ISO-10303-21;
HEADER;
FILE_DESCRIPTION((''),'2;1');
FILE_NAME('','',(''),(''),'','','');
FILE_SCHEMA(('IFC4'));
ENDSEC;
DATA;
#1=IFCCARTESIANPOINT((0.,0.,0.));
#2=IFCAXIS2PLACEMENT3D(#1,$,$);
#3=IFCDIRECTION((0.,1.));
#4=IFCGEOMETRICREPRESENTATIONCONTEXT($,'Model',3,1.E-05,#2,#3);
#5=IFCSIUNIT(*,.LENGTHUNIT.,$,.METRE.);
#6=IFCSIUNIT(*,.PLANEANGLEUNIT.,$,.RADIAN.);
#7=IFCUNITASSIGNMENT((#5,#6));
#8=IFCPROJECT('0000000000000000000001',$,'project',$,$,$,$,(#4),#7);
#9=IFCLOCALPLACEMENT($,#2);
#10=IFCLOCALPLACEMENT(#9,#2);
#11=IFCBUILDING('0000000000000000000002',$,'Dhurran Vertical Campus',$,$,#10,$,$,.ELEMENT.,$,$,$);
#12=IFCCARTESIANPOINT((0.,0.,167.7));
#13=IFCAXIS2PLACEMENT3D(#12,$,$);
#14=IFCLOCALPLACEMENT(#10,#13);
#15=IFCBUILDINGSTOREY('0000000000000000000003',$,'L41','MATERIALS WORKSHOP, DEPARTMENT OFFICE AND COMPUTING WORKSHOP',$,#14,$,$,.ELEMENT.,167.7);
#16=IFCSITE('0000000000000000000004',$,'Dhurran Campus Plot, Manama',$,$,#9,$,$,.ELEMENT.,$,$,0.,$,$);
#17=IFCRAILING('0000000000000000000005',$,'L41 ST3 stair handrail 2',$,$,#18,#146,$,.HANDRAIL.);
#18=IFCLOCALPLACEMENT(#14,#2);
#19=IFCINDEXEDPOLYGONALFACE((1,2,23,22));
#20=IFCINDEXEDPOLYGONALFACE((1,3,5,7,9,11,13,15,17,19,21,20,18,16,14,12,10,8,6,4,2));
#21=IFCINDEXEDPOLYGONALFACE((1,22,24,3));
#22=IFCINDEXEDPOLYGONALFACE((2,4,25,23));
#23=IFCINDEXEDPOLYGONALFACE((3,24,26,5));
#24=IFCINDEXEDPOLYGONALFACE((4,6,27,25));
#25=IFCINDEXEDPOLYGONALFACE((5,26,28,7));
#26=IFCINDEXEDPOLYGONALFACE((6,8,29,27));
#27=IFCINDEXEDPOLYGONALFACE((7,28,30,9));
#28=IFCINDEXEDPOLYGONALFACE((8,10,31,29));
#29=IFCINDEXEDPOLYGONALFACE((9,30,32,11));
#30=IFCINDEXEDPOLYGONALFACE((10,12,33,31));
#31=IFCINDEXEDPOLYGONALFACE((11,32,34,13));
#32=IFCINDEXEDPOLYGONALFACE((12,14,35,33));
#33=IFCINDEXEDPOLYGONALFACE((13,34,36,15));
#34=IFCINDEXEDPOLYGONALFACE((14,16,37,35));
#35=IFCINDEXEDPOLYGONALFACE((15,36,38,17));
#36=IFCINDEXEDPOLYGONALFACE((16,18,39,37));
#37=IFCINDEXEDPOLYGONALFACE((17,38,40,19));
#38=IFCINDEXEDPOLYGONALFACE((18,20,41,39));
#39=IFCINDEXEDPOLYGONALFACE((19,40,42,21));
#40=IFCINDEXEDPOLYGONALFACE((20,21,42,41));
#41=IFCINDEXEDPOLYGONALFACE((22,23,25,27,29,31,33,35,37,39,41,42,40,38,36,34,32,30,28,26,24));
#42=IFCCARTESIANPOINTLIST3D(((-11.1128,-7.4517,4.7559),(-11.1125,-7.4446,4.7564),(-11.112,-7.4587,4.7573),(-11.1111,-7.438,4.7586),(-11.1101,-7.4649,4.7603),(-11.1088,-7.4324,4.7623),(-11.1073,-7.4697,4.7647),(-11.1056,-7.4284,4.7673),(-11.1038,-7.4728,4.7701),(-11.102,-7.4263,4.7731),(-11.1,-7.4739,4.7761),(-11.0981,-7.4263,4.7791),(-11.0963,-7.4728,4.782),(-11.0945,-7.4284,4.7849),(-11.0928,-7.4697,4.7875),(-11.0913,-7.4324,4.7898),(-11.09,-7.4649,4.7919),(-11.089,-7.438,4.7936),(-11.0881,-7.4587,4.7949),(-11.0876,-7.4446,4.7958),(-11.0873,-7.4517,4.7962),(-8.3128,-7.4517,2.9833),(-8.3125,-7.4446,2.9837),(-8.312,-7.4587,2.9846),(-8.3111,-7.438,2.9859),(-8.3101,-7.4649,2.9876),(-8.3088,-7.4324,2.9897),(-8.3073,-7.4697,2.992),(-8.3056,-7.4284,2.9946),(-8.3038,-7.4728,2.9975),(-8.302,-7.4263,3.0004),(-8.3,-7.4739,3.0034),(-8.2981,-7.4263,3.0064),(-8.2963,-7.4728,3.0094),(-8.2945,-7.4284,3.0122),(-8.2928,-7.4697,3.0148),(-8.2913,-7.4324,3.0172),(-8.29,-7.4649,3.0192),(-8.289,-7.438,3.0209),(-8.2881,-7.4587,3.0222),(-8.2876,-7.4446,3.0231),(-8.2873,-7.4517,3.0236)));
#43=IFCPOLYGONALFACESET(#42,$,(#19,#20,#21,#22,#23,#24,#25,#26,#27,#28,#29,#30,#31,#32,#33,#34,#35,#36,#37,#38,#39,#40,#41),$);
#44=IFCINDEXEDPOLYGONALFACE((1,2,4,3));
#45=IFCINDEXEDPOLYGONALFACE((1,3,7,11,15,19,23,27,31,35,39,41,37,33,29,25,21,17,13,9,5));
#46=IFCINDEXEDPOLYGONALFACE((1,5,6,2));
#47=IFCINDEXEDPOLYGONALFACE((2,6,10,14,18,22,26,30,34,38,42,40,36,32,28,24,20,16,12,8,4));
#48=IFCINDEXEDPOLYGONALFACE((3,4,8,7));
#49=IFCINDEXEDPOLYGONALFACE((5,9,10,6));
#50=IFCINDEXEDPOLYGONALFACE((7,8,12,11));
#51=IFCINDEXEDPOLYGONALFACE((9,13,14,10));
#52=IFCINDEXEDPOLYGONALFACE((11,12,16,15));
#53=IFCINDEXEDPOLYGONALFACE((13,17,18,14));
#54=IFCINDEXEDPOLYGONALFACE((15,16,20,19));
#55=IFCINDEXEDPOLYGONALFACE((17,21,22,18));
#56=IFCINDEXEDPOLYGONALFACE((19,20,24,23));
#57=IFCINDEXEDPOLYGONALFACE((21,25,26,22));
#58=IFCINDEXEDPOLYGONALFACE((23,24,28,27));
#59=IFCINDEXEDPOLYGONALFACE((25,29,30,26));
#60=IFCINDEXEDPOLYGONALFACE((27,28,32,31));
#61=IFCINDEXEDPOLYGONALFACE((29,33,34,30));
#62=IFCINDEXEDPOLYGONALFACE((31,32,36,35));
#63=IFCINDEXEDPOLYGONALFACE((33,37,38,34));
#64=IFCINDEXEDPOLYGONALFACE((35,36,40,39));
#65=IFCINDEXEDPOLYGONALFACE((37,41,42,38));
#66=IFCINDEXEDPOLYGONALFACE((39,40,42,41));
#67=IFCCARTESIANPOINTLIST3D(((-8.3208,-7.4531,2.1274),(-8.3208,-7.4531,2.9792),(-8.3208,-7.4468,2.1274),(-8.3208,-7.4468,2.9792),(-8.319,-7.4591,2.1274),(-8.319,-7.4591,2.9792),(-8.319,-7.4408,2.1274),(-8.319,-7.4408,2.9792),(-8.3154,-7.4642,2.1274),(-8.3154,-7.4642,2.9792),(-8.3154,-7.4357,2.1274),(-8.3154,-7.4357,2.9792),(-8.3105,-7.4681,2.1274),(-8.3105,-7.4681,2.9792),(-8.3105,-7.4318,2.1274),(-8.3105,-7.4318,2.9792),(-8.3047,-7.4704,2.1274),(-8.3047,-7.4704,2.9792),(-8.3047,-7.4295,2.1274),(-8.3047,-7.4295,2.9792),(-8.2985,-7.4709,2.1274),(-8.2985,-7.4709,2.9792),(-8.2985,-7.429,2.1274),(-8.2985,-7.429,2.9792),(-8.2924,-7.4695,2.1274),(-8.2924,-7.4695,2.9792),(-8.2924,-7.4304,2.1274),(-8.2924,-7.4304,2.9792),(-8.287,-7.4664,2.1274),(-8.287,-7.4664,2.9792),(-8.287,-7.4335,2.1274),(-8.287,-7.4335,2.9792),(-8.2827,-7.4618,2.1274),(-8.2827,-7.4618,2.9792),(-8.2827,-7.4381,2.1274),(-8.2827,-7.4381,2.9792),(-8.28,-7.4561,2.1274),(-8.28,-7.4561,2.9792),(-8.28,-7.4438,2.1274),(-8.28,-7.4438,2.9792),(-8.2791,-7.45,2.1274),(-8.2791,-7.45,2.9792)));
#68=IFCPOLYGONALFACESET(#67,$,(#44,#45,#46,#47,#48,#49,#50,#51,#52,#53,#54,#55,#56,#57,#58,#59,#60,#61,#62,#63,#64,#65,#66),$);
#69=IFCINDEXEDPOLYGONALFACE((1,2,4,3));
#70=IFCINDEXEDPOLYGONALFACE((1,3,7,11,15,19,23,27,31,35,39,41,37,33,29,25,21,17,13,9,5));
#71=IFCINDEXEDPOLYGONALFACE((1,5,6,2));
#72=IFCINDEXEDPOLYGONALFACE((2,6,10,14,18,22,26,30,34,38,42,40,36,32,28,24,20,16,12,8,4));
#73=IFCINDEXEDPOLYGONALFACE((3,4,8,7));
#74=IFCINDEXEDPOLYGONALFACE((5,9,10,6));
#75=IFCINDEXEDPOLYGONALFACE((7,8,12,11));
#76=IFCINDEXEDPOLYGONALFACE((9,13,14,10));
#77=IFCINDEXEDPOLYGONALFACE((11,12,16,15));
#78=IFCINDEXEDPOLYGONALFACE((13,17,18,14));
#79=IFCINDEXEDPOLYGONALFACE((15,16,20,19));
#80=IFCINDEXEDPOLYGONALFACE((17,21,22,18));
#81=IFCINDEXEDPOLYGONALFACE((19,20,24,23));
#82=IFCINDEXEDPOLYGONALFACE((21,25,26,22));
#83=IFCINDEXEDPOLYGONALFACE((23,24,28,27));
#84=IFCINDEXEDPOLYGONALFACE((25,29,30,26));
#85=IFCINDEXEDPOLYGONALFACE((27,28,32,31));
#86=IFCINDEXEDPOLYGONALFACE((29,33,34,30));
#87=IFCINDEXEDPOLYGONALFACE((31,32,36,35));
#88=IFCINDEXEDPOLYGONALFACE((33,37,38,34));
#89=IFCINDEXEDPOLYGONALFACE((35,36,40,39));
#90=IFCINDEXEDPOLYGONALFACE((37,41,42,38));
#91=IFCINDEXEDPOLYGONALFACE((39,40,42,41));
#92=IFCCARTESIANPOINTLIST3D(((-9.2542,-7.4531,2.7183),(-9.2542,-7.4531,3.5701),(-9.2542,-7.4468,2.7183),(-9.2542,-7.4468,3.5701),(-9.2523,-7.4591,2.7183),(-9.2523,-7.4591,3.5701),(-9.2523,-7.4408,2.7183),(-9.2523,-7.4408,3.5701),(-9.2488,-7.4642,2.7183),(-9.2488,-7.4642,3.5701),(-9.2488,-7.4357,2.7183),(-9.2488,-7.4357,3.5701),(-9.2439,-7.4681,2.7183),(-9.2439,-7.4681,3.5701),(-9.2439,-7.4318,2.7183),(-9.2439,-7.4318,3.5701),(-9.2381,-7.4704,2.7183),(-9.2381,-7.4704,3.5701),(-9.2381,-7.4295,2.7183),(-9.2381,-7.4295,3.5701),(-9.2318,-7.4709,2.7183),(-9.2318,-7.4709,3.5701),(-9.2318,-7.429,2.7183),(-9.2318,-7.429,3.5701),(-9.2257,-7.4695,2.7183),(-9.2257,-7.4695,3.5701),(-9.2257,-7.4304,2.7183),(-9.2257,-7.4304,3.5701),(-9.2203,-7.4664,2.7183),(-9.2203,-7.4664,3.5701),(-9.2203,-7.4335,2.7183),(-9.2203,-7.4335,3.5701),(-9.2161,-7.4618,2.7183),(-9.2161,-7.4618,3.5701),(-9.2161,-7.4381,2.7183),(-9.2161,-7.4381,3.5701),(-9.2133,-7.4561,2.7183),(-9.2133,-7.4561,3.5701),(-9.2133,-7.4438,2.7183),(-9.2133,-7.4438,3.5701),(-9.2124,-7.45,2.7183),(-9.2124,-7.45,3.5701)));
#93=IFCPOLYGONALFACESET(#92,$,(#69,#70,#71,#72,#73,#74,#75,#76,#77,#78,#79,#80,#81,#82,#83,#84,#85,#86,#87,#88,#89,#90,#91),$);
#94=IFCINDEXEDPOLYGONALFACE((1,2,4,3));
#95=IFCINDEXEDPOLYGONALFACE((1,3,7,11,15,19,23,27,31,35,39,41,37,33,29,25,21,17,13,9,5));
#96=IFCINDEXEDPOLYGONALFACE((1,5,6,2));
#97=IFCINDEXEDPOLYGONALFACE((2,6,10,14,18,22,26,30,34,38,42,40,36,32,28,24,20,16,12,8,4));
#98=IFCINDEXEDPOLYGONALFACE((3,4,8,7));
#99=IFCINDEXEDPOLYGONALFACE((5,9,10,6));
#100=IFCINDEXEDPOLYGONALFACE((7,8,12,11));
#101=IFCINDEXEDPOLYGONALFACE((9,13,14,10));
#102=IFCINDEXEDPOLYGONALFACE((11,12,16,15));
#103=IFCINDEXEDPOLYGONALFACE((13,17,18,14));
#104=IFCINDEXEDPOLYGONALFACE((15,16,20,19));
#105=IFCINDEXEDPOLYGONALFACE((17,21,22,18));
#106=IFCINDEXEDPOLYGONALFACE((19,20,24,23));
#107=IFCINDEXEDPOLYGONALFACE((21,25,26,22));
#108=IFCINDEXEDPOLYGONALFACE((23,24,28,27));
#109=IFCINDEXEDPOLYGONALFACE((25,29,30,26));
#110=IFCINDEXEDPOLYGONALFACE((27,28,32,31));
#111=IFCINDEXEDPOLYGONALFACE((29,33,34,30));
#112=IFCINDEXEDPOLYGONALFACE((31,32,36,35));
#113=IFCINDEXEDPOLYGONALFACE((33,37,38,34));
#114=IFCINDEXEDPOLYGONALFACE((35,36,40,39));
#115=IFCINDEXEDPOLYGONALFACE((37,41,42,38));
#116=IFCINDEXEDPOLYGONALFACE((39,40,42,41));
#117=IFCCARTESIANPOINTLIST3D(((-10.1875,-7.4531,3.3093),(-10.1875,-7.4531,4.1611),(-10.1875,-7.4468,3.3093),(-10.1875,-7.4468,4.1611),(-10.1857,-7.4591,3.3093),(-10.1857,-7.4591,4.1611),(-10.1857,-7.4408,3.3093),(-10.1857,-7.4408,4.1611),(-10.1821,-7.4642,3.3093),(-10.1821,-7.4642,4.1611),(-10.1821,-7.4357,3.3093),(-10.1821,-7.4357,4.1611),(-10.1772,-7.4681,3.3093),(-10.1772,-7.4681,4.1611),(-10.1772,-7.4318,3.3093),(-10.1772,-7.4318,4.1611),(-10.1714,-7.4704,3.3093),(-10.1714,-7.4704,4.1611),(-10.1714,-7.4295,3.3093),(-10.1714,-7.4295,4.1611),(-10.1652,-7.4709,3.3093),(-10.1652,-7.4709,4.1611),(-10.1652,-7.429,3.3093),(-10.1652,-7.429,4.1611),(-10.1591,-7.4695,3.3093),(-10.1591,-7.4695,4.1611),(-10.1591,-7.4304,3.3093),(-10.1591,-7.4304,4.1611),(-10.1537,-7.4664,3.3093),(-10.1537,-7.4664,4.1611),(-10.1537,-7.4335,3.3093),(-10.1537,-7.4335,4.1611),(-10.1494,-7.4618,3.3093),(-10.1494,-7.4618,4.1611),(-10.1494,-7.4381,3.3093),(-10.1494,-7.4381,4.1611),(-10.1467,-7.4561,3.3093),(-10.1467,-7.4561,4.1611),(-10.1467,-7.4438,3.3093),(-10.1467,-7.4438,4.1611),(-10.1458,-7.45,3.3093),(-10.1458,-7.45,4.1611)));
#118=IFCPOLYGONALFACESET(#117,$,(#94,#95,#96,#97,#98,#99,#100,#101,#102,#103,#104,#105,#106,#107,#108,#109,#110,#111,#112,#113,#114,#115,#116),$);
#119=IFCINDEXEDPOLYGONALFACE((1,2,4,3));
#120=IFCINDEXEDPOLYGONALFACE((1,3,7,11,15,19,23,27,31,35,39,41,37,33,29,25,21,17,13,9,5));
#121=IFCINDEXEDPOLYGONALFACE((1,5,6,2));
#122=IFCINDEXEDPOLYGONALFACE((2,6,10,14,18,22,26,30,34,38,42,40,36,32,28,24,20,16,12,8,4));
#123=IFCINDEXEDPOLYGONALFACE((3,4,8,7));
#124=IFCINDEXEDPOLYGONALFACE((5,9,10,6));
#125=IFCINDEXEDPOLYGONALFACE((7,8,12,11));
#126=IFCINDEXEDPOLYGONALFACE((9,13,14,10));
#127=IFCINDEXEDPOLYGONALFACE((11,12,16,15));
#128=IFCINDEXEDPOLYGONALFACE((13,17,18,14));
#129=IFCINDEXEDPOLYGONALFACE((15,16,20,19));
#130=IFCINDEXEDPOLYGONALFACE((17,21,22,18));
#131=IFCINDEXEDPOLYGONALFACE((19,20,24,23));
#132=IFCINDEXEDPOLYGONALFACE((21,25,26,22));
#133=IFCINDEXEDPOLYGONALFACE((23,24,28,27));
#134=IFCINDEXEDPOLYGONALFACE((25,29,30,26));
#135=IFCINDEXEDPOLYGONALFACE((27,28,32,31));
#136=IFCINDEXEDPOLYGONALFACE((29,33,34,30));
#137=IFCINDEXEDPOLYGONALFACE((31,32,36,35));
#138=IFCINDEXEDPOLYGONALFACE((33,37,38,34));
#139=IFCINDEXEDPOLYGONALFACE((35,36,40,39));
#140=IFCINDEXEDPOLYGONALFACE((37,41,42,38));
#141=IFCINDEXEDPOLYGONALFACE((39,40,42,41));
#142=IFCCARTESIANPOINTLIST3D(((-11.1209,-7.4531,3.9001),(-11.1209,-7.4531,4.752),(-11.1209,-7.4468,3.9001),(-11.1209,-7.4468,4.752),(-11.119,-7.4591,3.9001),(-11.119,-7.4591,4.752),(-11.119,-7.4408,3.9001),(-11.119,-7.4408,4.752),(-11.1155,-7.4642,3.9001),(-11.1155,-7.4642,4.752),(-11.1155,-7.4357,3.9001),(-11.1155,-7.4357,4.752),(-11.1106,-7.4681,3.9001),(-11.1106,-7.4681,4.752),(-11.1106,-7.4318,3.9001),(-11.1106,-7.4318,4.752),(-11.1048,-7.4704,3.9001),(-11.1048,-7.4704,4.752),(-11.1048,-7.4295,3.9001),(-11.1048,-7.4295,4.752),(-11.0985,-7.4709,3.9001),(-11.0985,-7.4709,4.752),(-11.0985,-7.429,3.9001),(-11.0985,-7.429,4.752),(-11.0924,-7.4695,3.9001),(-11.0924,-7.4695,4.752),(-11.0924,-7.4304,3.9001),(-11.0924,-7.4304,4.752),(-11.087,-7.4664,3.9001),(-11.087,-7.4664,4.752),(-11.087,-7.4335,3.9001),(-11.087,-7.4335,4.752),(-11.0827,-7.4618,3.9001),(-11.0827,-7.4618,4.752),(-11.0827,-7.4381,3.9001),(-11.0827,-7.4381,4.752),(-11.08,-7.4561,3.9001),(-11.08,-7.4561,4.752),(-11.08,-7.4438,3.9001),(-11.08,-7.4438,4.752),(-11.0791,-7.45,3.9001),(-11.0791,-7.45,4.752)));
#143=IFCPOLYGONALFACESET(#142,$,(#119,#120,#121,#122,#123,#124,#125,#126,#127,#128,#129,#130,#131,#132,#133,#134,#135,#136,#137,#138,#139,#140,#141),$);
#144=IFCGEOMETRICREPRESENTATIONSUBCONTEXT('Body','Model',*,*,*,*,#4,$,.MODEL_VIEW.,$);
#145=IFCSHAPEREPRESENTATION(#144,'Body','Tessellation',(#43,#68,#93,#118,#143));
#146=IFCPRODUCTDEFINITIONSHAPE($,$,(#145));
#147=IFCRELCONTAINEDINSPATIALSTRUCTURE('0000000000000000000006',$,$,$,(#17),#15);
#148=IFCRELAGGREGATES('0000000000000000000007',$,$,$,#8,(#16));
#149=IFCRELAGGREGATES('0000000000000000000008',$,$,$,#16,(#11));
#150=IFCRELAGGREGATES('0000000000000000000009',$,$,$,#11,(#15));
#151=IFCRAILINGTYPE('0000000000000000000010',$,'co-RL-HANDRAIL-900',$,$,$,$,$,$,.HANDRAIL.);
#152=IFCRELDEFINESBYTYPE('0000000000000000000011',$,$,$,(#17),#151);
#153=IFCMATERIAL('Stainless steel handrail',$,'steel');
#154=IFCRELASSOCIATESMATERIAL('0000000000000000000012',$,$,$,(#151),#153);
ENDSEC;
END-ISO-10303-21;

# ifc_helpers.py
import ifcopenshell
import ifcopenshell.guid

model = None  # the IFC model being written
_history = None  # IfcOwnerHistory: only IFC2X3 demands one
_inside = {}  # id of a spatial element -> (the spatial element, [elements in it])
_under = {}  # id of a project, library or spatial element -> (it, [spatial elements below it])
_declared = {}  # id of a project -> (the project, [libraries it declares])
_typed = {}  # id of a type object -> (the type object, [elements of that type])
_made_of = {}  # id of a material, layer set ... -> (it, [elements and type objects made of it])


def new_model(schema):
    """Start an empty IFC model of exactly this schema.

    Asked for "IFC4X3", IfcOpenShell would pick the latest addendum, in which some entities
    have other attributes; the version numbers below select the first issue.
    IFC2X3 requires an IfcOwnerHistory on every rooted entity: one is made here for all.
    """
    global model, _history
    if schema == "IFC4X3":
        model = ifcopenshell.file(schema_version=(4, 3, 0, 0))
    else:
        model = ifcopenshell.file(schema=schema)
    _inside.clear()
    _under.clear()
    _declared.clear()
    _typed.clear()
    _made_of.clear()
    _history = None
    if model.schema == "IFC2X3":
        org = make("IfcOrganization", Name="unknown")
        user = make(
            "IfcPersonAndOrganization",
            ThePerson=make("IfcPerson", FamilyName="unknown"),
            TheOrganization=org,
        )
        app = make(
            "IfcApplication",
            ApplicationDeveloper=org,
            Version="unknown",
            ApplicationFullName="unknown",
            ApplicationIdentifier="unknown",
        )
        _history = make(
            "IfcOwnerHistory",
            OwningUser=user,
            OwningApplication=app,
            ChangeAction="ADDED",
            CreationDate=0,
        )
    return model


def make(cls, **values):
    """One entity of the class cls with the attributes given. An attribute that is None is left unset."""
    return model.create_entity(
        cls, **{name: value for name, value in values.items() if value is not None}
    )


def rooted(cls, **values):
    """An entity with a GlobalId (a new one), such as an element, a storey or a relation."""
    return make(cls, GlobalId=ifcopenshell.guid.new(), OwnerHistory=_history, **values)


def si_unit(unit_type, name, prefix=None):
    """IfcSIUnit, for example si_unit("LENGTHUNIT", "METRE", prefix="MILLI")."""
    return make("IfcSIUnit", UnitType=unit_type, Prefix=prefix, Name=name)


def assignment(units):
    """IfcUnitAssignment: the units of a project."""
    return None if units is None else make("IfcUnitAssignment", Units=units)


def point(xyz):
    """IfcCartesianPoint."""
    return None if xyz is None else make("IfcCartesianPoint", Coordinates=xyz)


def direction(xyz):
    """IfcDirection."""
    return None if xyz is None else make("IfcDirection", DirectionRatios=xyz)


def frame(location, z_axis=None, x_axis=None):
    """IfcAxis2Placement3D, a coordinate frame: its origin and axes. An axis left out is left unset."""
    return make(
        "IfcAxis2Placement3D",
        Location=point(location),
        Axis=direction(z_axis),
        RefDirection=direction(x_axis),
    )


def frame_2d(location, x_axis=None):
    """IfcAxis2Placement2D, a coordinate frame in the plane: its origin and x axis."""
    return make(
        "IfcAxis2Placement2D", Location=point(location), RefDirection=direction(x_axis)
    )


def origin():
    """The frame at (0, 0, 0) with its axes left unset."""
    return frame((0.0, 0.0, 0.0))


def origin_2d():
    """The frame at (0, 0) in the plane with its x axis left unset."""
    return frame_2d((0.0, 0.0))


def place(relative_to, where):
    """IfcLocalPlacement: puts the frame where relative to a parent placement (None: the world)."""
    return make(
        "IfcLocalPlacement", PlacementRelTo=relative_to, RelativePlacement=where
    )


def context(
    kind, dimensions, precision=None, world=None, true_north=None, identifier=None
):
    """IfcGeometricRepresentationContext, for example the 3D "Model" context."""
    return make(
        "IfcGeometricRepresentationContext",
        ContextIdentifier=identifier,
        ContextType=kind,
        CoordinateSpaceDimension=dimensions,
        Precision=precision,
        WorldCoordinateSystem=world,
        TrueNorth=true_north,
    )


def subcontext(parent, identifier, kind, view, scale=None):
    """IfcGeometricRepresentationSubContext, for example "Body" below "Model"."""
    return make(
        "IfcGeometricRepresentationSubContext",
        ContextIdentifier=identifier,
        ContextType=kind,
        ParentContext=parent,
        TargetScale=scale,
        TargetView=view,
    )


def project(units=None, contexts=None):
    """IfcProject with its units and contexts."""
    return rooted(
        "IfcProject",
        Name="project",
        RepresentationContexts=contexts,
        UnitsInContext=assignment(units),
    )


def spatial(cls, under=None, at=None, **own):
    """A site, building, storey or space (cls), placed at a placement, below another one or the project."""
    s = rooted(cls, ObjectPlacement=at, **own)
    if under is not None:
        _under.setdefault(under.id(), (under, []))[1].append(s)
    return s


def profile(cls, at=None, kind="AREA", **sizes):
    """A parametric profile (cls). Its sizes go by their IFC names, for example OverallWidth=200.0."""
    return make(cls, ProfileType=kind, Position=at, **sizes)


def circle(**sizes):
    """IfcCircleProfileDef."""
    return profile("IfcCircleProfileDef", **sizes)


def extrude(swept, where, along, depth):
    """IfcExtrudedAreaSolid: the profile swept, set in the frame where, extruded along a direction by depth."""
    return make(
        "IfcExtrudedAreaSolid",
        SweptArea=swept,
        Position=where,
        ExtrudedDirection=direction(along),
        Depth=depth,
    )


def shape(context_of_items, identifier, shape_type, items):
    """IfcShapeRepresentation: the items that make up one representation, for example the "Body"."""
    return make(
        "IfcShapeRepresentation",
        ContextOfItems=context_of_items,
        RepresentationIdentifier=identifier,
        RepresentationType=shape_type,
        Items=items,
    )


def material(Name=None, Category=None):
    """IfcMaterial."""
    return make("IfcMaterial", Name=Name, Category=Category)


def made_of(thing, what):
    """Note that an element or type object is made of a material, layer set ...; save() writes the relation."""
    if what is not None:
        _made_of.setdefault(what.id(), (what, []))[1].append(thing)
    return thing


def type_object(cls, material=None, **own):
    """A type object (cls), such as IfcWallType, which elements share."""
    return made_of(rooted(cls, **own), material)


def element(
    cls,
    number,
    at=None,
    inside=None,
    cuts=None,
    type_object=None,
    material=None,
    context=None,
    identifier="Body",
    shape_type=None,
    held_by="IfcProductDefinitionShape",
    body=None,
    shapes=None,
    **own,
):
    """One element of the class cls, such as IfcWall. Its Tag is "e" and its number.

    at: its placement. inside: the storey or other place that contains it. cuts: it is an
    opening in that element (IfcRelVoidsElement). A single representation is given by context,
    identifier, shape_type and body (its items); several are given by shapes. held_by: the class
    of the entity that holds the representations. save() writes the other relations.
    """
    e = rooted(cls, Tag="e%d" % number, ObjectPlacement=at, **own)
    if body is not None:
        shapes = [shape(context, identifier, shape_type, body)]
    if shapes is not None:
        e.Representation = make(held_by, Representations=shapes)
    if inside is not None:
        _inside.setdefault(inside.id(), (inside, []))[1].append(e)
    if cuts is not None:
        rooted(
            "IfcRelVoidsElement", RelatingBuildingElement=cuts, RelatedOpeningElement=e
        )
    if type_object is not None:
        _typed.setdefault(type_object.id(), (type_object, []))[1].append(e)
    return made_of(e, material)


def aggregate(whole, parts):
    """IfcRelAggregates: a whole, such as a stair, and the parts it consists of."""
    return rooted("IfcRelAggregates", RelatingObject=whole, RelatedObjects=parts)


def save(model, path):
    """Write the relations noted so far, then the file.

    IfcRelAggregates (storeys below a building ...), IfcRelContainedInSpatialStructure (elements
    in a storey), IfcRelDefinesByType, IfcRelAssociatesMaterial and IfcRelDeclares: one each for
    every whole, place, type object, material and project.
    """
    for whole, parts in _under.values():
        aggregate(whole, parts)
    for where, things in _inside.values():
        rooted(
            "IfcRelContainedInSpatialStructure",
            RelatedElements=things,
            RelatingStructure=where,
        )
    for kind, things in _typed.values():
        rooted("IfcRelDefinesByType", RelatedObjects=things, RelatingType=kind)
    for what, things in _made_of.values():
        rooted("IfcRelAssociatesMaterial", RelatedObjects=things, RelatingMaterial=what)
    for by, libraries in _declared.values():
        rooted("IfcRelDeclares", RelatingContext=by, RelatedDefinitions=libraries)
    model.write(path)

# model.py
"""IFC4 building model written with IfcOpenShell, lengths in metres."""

from ifc_helpers import new_model, si_unit, direction, frame, origin, origin_2d, place, context, subcontext, project, spatial, circle, extrude, material, type_object, element, save


model = new_model("IFC4")

# Units and contexts
model_context = context("Model", 3, precision=1e-05, world=origin(), true_north=direction((0.0, 1.0)))
body_context = subcontext(model_context, "Body", "Model", "MODEL_VIEW")
ifc_project = project(units=[si_unit("LENGTHUNIT", "METRE"), si_unit("PLANEANGLEUNIT", "RADIAN")], contexts=[model_context])

# Site, building, storey
site_placement = place(None, origin())
site = spatial("IfcSite", under=ifc_project, at=site_placement, Name="Dhurran Campus Plot, Manama", CompositionType="ELEMENT", RefElevation=0.0)
building_placement = place(site_placement, origin())
building = spatial("IfcBuilding", under=site, at=building_placement, Name="Dhurran Vertical Campus", CompositionType="ELEMENT")
storey_placement = place(building_placement, frame((0.0, 0.0, 167.7)))
storey = spatial("IfcBuildingStorey", under=building, at=storey_placement, Name="L41", Description="MATERIALS WORKSHOP, DEPARTMENT OFFICE AND COMPUTING WORKSHOP", CompositionType="ELEMENT", Elevation=167.7)

# Railing
ifc_material_1 = material(Name="Stainless steel handrail", Category="steel")
railing_type_1 = type_object("IfcRailingType", Name="co-RL-HANDRAIL-900", PredefinedType="HANDRAIL", material=ifc_material_1)
railing_1_placement = place(storey_placement, frame((-8.3, -7.45, 2.1274)))
element("IfcRailing", 1, at=railing_1_placement, inside=storey, type_object=railing_type_1, Name="L41 ST3 stair handrail 2", PredefinedType="HANDRAIL", context=body_context, shape_type="SweptSolid", body=[
    extrude(circle(Radius=0.0239, at=origin_2d()), frame((0.0, 0.0, 0.876), z_axis=(-0.844909, 0.0, 0.53491), x_axis=(0.0, -1.0, 0.0)), (0.0, 0.0, 1.0), 3.314),
    extrude(circle(Radius=0.021, at=origin_2d()), origin(), (0.0, 0.0, 1.0), 0.8518),
    extrude(circle(Radius=0.021, at=origin_2d()), frame((-0.9333, 0.0, 0.5908)), (0.0, 0.0, 1.0), 0.8518),
    extrude(circle(Radius=0.021, at=origin_2d()), frame((-1.8667, 0.0, 1.1819)), (0.0, 0.0, 1.0), 0.8518),
    extrude(circle(Radius=0.021, at=origin_2d()), frame((-2.8, 0.0, 1.7727)), (0.0, 0.0, 1.0), 0.8518),
])

save(model, "model.ifc")
